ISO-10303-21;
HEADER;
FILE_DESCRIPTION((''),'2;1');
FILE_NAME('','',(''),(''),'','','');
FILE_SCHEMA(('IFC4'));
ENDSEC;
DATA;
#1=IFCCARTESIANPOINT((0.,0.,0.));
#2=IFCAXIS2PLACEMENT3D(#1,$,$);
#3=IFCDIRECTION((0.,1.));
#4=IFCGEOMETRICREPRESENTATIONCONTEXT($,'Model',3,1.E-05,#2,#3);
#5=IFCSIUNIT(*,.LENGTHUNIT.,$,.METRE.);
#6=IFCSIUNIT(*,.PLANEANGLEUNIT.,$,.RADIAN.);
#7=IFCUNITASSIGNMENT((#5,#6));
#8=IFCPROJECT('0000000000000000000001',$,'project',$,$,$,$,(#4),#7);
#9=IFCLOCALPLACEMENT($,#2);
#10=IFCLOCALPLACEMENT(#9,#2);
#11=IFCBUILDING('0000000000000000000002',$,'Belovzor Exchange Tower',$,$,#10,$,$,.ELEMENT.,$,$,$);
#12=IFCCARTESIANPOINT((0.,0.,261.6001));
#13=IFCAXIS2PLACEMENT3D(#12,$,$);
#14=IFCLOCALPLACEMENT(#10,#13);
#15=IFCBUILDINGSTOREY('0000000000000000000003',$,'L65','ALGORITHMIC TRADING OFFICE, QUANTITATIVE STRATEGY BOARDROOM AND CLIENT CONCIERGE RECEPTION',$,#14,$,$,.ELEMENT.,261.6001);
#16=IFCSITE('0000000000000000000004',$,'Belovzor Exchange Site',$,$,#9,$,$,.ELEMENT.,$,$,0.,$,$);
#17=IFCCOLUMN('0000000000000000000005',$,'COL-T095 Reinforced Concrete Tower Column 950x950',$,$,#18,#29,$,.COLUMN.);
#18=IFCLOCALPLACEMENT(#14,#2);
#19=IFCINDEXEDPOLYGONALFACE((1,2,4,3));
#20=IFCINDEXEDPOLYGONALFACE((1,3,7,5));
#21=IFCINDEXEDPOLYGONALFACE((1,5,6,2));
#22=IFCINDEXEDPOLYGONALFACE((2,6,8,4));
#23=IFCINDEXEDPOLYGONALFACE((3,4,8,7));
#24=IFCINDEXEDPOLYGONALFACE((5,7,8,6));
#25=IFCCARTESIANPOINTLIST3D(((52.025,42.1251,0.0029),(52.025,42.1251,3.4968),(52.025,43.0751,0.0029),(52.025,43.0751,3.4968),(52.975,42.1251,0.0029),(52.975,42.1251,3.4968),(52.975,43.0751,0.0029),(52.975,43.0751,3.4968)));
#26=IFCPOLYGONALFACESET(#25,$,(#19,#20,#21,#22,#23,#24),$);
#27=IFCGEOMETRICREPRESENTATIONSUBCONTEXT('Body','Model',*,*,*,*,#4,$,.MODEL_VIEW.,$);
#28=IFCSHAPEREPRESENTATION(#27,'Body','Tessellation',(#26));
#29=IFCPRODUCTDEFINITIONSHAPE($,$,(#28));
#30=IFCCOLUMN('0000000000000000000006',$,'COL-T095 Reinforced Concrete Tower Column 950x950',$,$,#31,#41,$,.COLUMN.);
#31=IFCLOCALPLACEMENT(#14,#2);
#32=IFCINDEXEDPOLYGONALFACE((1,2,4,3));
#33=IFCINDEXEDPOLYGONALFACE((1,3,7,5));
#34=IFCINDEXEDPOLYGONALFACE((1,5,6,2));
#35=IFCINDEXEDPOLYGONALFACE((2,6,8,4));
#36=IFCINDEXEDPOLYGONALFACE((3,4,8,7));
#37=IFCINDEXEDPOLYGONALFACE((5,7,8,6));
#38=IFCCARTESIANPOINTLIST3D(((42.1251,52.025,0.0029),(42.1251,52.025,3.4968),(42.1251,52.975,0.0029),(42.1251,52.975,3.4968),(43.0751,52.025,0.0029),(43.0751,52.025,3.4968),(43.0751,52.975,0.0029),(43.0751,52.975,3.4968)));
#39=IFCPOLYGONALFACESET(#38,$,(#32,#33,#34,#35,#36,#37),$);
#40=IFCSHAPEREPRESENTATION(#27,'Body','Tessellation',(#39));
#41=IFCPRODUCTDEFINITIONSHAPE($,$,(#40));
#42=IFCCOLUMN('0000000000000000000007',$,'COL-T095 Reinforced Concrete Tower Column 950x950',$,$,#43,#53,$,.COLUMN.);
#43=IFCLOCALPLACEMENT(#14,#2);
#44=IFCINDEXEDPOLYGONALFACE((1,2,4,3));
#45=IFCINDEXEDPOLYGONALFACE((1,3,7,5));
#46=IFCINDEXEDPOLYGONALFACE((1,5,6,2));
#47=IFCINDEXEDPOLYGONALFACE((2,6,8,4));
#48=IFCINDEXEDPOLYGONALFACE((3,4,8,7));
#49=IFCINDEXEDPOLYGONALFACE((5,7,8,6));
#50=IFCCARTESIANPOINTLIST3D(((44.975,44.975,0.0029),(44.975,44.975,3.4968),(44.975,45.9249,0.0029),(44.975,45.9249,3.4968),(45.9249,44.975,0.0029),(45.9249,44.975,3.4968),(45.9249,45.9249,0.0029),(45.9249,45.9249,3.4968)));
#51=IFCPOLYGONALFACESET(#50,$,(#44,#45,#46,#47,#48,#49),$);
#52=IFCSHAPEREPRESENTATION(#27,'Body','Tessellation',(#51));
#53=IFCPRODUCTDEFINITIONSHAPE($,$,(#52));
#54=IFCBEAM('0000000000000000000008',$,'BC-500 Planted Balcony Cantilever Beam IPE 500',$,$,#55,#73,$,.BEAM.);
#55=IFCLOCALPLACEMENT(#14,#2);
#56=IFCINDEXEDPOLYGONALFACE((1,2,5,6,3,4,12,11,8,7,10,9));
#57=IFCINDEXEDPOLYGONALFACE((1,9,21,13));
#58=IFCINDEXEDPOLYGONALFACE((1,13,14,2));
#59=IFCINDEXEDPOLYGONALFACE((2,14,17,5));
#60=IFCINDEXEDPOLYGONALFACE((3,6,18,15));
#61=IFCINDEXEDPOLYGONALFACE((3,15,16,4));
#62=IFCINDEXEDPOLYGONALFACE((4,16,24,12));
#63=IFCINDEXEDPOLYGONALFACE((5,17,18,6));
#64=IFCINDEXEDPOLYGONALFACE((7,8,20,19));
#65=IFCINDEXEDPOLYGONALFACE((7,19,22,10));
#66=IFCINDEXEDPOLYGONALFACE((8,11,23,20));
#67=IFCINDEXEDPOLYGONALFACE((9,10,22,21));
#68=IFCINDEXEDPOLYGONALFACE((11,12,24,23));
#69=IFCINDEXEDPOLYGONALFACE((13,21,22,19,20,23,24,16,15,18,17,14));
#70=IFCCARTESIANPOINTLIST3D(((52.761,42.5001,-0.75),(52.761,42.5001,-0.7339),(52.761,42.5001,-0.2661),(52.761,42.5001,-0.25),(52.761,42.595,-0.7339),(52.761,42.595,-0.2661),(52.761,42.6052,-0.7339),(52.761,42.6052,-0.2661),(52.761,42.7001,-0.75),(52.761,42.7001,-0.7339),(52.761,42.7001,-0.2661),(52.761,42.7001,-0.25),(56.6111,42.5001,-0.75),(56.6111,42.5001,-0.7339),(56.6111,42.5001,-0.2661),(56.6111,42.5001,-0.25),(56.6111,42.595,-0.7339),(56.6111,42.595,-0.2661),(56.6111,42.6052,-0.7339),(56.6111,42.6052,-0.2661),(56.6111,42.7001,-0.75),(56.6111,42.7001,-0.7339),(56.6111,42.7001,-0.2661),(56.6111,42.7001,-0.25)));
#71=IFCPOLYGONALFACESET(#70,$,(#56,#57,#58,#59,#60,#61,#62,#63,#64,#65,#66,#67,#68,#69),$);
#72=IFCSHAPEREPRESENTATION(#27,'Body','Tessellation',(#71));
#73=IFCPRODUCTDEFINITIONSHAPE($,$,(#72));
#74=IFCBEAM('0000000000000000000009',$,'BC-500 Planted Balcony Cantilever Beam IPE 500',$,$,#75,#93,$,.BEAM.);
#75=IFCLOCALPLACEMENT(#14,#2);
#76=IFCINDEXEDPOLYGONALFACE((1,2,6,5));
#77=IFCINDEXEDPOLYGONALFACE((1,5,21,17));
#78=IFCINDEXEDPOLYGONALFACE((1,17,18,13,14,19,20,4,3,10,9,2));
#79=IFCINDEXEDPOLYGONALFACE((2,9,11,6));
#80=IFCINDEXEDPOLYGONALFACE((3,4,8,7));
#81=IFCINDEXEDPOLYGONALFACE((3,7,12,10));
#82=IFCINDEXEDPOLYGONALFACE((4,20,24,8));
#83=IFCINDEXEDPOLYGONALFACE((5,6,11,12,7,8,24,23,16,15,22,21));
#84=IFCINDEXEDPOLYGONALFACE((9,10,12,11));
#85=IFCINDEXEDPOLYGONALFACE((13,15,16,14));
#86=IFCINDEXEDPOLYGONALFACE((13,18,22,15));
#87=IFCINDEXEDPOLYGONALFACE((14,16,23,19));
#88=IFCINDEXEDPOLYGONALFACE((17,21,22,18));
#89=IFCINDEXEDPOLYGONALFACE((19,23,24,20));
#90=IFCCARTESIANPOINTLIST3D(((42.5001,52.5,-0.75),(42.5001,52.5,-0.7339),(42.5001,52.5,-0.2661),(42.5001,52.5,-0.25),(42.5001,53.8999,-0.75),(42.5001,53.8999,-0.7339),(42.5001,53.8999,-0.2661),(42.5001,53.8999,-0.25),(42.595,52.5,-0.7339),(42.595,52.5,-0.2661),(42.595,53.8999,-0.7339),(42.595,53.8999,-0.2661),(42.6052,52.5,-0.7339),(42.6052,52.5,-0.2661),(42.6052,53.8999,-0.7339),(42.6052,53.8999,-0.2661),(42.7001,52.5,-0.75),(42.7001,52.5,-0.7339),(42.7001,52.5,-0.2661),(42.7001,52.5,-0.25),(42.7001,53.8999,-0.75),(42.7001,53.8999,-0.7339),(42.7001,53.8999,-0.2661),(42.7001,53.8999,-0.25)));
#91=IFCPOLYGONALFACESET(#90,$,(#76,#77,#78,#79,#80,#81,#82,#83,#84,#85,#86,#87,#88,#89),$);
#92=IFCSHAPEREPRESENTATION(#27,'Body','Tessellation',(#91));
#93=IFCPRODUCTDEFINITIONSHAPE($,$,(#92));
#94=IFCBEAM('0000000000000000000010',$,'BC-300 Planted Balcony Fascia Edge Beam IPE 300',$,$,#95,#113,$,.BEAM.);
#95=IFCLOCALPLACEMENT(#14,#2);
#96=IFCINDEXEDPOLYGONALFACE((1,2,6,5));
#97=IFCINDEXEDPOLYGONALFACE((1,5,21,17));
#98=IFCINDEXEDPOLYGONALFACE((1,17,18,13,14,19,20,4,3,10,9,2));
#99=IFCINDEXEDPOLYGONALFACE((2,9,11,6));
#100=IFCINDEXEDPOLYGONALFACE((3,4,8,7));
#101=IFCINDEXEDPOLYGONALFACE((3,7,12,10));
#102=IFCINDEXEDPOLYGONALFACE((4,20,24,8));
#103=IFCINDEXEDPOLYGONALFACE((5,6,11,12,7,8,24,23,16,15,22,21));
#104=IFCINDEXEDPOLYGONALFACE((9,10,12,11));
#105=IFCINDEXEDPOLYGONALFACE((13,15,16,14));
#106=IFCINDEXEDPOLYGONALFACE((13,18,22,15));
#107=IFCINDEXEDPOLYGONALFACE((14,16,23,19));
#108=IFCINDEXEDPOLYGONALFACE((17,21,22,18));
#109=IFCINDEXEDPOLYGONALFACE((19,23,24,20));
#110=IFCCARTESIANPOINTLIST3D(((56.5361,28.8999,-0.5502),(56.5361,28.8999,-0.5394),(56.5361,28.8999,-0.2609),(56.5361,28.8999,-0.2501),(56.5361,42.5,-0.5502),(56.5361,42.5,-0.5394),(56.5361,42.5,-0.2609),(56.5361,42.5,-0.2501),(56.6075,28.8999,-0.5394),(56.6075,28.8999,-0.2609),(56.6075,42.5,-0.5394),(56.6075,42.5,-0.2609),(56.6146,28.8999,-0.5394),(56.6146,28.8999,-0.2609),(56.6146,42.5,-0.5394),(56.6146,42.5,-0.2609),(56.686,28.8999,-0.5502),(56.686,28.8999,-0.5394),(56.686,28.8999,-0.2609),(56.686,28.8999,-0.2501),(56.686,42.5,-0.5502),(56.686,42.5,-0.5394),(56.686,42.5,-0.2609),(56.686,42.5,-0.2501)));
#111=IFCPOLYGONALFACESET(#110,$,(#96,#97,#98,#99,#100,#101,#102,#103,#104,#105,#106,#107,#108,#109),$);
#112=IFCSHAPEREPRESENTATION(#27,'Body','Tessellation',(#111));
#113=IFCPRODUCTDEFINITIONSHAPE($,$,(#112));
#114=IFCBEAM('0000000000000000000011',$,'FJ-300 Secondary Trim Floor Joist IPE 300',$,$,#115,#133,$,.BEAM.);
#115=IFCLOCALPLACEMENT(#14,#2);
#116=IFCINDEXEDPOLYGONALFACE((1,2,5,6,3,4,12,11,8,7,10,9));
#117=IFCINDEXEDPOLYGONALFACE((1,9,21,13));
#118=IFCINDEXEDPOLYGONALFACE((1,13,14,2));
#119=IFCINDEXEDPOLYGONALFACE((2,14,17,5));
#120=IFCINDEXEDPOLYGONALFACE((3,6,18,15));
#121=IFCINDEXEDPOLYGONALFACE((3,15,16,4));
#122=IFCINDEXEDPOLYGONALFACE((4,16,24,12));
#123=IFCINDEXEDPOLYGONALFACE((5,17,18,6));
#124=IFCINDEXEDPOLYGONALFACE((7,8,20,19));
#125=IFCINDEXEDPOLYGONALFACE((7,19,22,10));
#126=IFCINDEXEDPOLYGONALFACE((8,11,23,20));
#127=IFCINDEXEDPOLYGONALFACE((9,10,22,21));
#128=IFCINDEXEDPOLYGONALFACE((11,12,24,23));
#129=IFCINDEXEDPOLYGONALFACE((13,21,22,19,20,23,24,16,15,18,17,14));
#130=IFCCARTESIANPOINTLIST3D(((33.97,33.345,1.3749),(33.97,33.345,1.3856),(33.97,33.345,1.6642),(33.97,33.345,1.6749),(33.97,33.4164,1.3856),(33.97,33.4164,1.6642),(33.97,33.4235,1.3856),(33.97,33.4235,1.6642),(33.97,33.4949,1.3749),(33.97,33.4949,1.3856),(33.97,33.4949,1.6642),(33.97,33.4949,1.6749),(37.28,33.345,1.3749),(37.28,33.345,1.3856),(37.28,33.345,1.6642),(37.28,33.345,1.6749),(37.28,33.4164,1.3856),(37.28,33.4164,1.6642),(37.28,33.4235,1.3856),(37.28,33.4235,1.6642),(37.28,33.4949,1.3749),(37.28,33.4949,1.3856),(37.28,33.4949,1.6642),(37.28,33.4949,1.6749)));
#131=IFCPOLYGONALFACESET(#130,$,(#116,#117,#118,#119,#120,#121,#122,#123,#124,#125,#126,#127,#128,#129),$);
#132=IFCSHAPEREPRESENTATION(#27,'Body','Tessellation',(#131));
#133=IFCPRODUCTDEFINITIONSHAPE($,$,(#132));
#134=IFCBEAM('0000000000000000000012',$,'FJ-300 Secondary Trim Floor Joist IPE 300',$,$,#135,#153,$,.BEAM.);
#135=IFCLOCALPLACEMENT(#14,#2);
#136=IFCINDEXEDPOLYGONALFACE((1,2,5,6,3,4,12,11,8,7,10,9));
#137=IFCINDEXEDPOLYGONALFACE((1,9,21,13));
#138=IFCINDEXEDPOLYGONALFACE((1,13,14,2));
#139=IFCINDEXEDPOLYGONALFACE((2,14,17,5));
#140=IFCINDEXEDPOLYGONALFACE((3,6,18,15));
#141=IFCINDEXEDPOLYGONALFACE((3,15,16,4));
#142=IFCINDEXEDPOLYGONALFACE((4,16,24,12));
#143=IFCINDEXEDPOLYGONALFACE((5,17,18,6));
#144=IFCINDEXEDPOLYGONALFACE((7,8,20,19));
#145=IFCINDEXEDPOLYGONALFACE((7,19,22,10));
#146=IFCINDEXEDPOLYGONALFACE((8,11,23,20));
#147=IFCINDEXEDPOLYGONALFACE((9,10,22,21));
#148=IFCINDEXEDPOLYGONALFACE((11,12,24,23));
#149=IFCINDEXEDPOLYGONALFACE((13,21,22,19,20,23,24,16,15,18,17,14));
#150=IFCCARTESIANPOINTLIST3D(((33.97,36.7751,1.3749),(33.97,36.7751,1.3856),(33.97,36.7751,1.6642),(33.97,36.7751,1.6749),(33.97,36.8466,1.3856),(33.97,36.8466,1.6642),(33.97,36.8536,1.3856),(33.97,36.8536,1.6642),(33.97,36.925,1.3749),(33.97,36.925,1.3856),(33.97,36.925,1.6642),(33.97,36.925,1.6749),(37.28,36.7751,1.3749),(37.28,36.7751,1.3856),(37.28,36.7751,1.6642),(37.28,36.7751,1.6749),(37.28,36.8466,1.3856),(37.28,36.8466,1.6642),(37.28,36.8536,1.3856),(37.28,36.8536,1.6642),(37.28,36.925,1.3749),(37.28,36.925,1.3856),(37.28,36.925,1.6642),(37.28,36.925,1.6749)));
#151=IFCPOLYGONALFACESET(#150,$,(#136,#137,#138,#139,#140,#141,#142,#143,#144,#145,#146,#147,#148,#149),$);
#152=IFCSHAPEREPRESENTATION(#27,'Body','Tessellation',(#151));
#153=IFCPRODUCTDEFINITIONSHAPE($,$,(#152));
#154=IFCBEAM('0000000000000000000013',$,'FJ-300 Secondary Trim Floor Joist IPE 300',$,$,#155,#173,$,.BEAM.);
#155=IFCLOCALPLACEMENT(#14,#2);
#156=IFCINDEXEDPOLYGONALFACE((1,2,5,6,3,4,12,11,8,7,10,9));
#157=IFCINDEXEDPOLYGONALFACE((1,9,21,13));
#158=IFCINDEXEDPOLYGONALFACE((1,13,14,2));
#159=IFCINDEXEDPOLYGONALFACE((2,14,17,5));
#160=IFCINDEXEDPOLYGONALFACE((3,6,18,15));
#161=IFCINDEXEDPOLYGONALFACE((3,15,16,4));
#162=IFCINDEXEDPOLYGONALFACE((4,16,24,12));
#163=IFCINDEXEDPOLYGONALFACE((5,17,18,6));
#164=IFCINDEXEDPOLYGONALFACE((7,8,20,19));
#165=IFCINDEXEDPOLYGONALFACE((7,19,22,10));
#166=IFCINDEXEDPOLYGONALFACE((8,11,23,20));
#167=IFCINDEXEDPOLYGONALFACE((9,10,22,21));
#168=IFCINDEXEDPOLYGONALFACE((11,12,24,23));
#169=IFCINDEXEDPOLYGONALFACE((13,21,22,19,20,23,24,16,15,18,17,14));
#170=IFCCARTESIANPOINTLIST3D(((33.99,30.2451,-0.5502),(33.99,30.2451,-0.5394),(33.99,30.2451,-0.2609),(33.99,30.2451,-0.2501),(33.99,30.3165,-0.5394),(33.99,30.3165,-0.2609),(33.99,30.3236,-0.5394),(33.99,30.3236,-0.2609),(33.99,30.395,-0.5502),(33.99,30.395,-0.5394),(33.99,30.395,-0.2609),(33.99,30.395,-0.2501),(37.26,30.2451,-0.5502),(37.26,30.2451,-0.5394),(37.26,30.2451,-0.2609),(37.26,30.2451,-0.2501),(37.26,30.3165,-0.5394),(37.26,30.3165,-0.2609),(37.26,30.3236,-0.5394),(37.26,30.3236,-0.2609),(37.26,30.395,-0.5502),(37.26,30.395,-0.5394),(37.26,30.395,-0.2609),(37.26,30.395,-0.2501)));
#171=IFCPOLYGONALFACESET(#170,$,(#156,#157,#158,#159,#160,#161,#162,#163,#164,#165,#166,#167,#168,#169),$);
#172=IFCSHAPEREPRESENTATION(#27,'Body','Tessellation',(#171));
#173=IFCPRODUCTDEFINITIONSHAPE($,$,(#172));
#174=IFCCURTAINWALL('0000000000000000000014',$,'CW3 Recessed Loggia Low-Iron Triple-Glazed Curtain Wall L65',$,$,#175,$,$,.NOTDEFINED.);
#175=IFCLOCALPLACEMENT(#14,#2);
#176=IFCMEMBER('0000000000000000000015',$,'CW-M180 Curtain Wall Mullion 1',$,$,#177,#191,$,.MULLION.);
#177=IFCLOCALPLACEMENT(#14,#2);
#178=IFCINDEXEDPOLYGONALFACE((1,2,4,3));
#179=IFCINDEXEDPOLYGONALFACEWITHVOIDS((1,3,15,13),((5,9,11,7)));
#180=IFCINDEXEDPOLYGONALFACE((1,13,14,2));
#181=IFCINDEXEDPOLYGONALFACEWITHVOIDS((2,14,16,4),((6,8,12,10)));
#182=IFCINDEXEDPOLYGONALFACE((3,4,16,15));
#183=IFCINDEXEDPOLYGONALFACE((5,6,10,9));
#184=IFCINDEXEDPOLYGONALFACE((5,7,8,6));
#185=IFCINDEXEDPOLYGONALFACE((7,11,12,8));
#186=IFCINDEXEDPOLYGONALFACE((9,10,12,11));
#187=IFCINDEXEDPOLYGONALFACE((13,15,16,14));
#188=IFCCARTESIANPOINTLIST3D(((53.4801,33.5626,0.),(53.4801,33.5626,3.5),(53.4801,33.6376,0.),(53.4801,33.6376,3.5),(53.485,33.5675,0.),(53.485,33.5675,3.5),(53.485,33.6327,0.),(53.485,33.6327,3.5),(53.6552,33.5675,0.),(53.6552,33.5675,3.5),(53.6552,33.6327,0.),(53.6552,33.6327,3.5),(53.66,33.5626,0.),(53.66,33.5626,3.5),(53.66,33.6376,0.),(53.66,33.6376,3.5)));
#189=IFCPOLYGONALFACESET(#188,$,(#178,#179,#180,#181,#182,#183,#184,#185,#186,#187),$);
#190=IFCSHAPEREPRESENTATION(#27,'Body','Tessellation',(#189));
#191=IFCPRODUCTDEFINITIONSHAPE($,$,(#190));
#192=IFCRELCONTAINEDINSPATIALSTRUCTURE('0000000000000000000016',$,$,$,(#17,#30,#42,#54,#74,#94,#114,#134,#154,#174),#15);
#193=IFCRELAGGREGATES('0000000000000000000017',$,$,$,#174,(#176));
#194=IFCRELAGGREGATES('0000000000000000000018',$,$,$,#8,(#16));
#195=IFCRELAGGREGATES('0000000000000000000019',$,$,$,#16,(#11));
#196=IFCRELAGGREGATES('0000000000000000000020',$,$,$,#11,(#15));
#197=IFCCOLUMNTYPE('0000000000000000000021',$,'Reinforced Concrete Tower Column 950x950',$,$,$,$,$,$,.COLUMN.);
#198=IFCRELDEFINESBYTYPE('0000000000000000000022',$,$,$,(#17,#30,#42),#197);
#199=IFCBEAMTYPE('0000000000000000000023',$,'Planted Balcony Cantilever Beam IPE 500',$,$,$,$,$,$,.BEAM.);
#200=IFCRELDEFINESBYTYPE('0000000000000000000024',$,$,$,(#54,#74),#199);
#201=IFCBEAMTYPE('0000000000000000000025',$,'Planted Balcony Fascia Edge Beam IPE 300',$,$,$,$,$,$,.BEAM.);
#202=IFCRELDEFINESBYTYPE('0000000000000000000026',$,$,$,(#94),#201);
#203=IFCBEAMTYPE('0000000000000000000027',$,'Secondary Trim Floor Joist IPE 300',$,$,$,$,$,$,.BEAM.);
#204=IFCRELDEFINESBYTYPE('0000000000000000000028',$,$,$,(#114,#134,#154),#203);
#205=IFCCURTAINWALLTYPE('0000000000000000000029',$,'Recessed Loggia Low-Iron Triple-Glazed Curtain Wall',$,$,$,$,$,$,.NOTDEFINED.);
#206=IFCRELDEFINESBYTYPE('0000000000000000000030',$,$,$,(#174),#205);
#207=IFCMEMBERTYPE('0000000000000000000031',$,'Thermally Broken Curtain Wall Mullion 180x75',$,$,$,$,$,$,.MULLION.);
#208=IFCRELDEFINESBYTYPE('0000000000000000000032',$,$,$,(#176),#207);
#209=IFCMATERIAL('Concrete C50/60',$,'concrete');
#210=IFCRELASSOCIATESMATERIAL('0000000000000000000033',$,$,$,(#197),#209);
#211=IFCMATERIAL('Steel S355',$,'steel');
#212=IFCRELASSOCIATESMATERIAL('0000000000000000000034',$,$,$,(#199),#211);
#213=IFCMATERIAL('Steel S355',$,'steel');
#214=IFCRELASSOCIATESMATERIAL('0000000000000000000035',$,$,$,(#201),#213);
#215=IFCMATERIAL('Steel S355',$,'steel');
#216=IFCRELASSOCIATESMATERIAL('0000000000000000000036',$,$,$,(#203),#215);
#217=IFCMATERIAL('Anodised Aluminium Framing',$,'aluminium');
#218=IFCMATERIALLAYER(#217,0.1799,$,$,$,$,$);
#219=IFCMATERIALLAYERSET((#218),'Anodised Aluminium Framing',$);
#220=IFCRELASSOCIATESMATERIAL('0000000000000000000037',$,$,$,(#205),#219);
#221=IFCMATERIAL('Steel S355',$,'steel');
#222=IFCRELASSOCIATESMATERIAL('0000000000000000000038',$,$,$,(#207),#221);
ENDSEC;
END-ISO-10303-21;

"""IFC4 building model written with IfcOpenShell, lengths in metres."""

from ifc_helpers import new_model, si_unit, direction, frame, origin, origin_2d, place, context, subcontext, project, spatial, rectangle, hollow_rectangle, i_section, extrude, material, layer, layer_set, material_profile, profile_set, type_object, element, aggregate, save


model = new_model("IFC4")

# Units and contexts
model_context = context("Model", 3, precision=1e-05, world=origin(), true_north=direction((0.0, 1.0)))
body_context = subcontext(model_context, "Body", "Model", "MODEL_VIEW")
ifc_project = project(units=[si_unit("LENGTHUNIT", "METRE"), si_unit("PLANEANGLEUNIT", "RADIAN")], contexts=[model_context])

# Site, building, storey
site_placement = place(None, origin())
site = spatial("IfcSite", under=ifc_project, at=site_placement, Name="Belovzor Exchange Site", CompositionType="ELEMENT", RefElevation=0.0)
building_placement = place(site_placement, origin())
building = spatial("IfcBuilding", under=site, at=building_placement, Name="Belovzor Exchange Tower", CompositionType="ELEMENT")
storey_placement = place(building_placement, frame((0.0, 0.0, 261.6001)))
storey = spatial("IfcBuildingStorey", under=building, at=storey_placement, Name="L65", Description="ALGORITHMIC TRADING OFFICE, QUANTITATIVE STRATEGY BOARDROOM AND CLIENT CONCIERGE RECEPTION", CompositionType="ELEMENT", Elevation=261.6001)

# Columns
ifc_material_1 = material(Name="Concrete C50/60", Category="concrete")
ifc_material_profile_1 = material_profile(ifc_material_1, rectangle(XDim=0.95, YDim=0.95, at=origin_2d()))
ifc_profile_set_1 = profile_set([ifc_material_profile_1], Name="Concrete C50/60")
column_type = type_object("IfcColumnType", Name="Reinforced Concrete Tower Column 950x950", PredefinedType="COLUMN", material=ifc_profile_set_1)
for number, where, z_axis, x_axis, name in (
    (1, (52.5, 42.6001, 0.0029), (0.0, 0.0, 1.0), (1.0, 0.0, 0.0), "COL-T095 Reinforced Concrete Tower Column 950x950"),
    (2, (42.6001, 52.5, 0.0029), (0.0, 0.0, 1.0), (1.0, 0.0, 0.0), "COL-T095 Reinforced Concrete Tower Column 950x950"),
    (3, (45.45, 45.45, 0.0029), (0.0, 0.0, 1.0), (1.0, 0.0, 0.0), "COL-T095 Reinforced Concrete Tower Column 950x950"),
):
    element("IfcColumn", number, at=place(storey_placement, frame(where, z_axis=z_axis, x_axis=x_axis)), inside=storey, type_object=column_type, Name=name, PredefinedType="COLUMN", context=body_context, shape_type="SweptSolid", body=[
        extrude(rectangle(XDim=0.95, YDim=0.95, at=origin_2d()), origin(), (0.0, 0.0, 1.0), 3.4939),
    ])

# Beams
ifc_material_2 = material(Name="Steel S355", Category="steel")
ifc_material_profile_2 = material_profile(ifc_material_2, i_section(OverallWidth=0.2, OverallDepth=0.5, WebThickness=0.0103, FlangeThickness=0.0161, at=origin_2d()))
ifc_profile_set_2 = profile_set([ifc_material_profile_2], Name="Steel S355")
beam_type_1 = type_object("IfcBeamType", Name="Planted Balcony Cantilever Beam IPE 500", PredefinedType="BEAM", material=ifc_profile_set_2)
beam_1_placement = place(storey_placement, frame((52.761, 42.6001, -0.5), z_axis=(1.0, 0.0, 0.0), x_axis=(0.0, 1.0, 0.0)))
element("IfcBeam", 4, at=beam_1_placement, inside=storey, type_object=beam_type_1, Name="BC-500 Planted Balcony Cantilever Beam IPE 500", PredefinedType="BEAM", context=body_context, shape_type="SweptSolid", body=[
    extrude(i_section(OverallWidth=0.2, OverallDepth=0.5, WebThickness=0.0103, FlangeThickness=0.0161, at=origin_2d()), origin(), (0.0, 0.0, 1.0), 3.8501),
])
beam_2_placement = place(storey_placement, frame((42.6001, 52.5, -0.5), z_axis=(0.0, 1.0, 0.0), x_axis=(-1.0, 0.0, 0.0)))
element("IfcBeam", 5, at=beam_2_placement, inside=storey, type_object=beam_type_1, Name="BC-500 Planted Balcony Cantilever Beam IPE 500", PredefinedType="BEAM", context=body_context, shape_type="SweptSolid", body=[
    extrude(i_section(OverallWidth=0.2, OverallDepth=0.5, WebThickness=0.0103, FlangeThickness=0.0161, at=origin_2d()), origin(), (0.0, 0.0, 1.0), 1.3999),
])
ifc_material_3 = material(Name="Steel S355", Category="steel")
ifc_material_profile_3 = material_profile(ifc_material_3, i_section(OverallWidth=0.1499, OverallDepth=0.3, WebThickness=0.0071, FlangeThickness=0.0107, at=origin_2d()))
ifc_profile_set_3 = profile_set([ifc_material_profile_3], Name="Steel S355")
beam_type_2 = type_object("IfcBeamType", Name="Planted Balcony Fascia Edge Beam IPE 300", PredefinedType="BEAM", material=ifc_profile_set_3)
beam_3_placement = place(storey_placement, frame((56.6111, 28.8999, -0.4001), z_axis=(0.0, 1.0, 0.0), x_axis=(-1.0, 0.0, 0.0)))
element("IfcBeam", 6, at=beam_3_placement, inside=storey, type_object=beam_type_2, Name="BC-300 Planted Balcony Fascia Edge Beam IPE 300", PredefinedType="BEAM", context=body_context, shape_type="SweptSolid", body=[
    extrude(i_section(OverallWidth=0.1499, OverallDepth=0.3, WebThickness=0.0071, FlangeThickness=0.0107, at=origin_2d()), origin(), (0.0, 0.0, 1.0), 13.6001),
])
ifc_material_4 = material(Name="Steel S355", Category="steel")
ifc_material_profile_4 = material_profile(ifc_material_4, i_section(OverallWidth=0.1499, OverallDepth=0.3, WebThickness=0.0071, FlangeThickness=0.0107, at=origin_2d()))
ifc_profile_set_4 = profile_set([ifc_material_profile_4], Name="Steel S355")
beam_type_3 = type_object("IfcBeamType", Name="Secondary Trim Floor Joist IPE 300", PredefinedType="BEAM", material=ifc_profile_set_4)
for number, where, z_axis, x_axis, name in (
    (7, (37.28, 33.4199, 1.5249), (-1.0, 0.0, 0.0), (0.0, -1.0, 0.0), "FJ-300 Secondary Trim Floor Joist IPE 300"),
    (8, (37.28, 36.8501, 1.5249), (-1.0, 0.0, 0.0), (0.0, -1.0, 0.0), "FJ-300 Secondary Trim Floor Joist IPE 300"),
):
    element("IfcBeam", number, at=place(storey_placement, frame(where, z_axis=z_axis, x_axis=x_axis)), inside=storey, type_object=beam_type_3, Name=name, PredefinedType="BEAM", context=body_context, shape_type="SweptSolid", body=[
        extrude(i_section(OverallWidth=0.1499, OverallDepth=0.3, WebThickness=0.0071, FlangeThickness=0.0107, at=origin_2d()), origin(), (0.0, 0.0, 1.0), 3.3101),
    ])
beam_4_placement = place(storey_placement, frame((37.26, 30.3201, -0.4001), z_axis=(-1.0, 0.0, 0.0), x_axis=(0.0, -1.0, 0.0)))
element("IfcBeam", 9, at=beam_4_placement, inside=storey, type_object=beam_type_3, Name="FJ-300 Secondary Trim Floor Joist IPE 300", PredefinedType="BEAM", context=body_context, shape_type="SweptSolid", body=[
    extrude(i_section(OverallWidth=0.1499, OverallDepth=0.3, WebThickness=0.0071, FlangeThickness=0.0107, at=origin_2d()), origin(), (0.0, 0.0, 1.0), 3.27),
])

# Curtain wall, member
ifc_material_5 = material(Name="Anodised Aluminium Framing", Category="aluminium")
ifc_layer_1 = layer(ifc_material_5, 0.1799)
ifc_layer_set_1 = layer_set([ifc_layer_1], Name="Anodised Aluminium Framing")
curtain_wall_type = type_object("IfcCurtainWallType", Name="Recessed Loggia Low-Iron Triple-Glazed Curtain Wall", PredefinedType="NOTDEFINED", material=ifc_layer_set_1)
curtain_wall_placement = place(storey_placement, origin())
curtain_wall = element("IfcCurtainWall", 10, at=curtain_wall_placement, inside=storey, type_object=curtain_wall_type, Name="CW3 Recessed Loggia Low-Iron Triple-Glazed Curtain Wall L65", PredefinedType="NOTDEFINED")
ifc_material_6 = material(Name="Steel S355", Category="steel")
ifc_material_profile_5 = material_profile(ifc_material_6, hollow_rectangle(XDim=0.075, YDim=0.1799, WallThickness=0.0049, at=origin_2d()))
ifc_profile_set_5 = profile_set([ifc_material_profile_5], Name="Steel S355")
member_type_1 = type_object("IfcMemberType", Name="Thermally Broken Curtain Wall Mullion 180x75", PredefinedType="MULLION", material=ifc_profile_set_5)
member_1_placement = place(storey_placement, frame((53.5701, 33.6001, 0.0), z_axis=(0.0, 0.0, 1.0), x_axis=(0.0, -1.0, 0.0)))
member_1 = element("IfcMember", 11, at=member_1_placement, type_object=member_type_1, Name="CW-M180 Curtain Wall Mullion 1", PredefinedType="MULLION", context=body_context, shape_type="SweptSolid", body=[
    extrude(hollow_rectangle(XDim=0.075, YDim=0.1799, WallThickness=0.0049, at=origin_2d()), origin(), (0.0, 0.0, 1.0), 3.5),
])

aggregate(curtain_wall, [member_1])

save(model, "model.ifc")
